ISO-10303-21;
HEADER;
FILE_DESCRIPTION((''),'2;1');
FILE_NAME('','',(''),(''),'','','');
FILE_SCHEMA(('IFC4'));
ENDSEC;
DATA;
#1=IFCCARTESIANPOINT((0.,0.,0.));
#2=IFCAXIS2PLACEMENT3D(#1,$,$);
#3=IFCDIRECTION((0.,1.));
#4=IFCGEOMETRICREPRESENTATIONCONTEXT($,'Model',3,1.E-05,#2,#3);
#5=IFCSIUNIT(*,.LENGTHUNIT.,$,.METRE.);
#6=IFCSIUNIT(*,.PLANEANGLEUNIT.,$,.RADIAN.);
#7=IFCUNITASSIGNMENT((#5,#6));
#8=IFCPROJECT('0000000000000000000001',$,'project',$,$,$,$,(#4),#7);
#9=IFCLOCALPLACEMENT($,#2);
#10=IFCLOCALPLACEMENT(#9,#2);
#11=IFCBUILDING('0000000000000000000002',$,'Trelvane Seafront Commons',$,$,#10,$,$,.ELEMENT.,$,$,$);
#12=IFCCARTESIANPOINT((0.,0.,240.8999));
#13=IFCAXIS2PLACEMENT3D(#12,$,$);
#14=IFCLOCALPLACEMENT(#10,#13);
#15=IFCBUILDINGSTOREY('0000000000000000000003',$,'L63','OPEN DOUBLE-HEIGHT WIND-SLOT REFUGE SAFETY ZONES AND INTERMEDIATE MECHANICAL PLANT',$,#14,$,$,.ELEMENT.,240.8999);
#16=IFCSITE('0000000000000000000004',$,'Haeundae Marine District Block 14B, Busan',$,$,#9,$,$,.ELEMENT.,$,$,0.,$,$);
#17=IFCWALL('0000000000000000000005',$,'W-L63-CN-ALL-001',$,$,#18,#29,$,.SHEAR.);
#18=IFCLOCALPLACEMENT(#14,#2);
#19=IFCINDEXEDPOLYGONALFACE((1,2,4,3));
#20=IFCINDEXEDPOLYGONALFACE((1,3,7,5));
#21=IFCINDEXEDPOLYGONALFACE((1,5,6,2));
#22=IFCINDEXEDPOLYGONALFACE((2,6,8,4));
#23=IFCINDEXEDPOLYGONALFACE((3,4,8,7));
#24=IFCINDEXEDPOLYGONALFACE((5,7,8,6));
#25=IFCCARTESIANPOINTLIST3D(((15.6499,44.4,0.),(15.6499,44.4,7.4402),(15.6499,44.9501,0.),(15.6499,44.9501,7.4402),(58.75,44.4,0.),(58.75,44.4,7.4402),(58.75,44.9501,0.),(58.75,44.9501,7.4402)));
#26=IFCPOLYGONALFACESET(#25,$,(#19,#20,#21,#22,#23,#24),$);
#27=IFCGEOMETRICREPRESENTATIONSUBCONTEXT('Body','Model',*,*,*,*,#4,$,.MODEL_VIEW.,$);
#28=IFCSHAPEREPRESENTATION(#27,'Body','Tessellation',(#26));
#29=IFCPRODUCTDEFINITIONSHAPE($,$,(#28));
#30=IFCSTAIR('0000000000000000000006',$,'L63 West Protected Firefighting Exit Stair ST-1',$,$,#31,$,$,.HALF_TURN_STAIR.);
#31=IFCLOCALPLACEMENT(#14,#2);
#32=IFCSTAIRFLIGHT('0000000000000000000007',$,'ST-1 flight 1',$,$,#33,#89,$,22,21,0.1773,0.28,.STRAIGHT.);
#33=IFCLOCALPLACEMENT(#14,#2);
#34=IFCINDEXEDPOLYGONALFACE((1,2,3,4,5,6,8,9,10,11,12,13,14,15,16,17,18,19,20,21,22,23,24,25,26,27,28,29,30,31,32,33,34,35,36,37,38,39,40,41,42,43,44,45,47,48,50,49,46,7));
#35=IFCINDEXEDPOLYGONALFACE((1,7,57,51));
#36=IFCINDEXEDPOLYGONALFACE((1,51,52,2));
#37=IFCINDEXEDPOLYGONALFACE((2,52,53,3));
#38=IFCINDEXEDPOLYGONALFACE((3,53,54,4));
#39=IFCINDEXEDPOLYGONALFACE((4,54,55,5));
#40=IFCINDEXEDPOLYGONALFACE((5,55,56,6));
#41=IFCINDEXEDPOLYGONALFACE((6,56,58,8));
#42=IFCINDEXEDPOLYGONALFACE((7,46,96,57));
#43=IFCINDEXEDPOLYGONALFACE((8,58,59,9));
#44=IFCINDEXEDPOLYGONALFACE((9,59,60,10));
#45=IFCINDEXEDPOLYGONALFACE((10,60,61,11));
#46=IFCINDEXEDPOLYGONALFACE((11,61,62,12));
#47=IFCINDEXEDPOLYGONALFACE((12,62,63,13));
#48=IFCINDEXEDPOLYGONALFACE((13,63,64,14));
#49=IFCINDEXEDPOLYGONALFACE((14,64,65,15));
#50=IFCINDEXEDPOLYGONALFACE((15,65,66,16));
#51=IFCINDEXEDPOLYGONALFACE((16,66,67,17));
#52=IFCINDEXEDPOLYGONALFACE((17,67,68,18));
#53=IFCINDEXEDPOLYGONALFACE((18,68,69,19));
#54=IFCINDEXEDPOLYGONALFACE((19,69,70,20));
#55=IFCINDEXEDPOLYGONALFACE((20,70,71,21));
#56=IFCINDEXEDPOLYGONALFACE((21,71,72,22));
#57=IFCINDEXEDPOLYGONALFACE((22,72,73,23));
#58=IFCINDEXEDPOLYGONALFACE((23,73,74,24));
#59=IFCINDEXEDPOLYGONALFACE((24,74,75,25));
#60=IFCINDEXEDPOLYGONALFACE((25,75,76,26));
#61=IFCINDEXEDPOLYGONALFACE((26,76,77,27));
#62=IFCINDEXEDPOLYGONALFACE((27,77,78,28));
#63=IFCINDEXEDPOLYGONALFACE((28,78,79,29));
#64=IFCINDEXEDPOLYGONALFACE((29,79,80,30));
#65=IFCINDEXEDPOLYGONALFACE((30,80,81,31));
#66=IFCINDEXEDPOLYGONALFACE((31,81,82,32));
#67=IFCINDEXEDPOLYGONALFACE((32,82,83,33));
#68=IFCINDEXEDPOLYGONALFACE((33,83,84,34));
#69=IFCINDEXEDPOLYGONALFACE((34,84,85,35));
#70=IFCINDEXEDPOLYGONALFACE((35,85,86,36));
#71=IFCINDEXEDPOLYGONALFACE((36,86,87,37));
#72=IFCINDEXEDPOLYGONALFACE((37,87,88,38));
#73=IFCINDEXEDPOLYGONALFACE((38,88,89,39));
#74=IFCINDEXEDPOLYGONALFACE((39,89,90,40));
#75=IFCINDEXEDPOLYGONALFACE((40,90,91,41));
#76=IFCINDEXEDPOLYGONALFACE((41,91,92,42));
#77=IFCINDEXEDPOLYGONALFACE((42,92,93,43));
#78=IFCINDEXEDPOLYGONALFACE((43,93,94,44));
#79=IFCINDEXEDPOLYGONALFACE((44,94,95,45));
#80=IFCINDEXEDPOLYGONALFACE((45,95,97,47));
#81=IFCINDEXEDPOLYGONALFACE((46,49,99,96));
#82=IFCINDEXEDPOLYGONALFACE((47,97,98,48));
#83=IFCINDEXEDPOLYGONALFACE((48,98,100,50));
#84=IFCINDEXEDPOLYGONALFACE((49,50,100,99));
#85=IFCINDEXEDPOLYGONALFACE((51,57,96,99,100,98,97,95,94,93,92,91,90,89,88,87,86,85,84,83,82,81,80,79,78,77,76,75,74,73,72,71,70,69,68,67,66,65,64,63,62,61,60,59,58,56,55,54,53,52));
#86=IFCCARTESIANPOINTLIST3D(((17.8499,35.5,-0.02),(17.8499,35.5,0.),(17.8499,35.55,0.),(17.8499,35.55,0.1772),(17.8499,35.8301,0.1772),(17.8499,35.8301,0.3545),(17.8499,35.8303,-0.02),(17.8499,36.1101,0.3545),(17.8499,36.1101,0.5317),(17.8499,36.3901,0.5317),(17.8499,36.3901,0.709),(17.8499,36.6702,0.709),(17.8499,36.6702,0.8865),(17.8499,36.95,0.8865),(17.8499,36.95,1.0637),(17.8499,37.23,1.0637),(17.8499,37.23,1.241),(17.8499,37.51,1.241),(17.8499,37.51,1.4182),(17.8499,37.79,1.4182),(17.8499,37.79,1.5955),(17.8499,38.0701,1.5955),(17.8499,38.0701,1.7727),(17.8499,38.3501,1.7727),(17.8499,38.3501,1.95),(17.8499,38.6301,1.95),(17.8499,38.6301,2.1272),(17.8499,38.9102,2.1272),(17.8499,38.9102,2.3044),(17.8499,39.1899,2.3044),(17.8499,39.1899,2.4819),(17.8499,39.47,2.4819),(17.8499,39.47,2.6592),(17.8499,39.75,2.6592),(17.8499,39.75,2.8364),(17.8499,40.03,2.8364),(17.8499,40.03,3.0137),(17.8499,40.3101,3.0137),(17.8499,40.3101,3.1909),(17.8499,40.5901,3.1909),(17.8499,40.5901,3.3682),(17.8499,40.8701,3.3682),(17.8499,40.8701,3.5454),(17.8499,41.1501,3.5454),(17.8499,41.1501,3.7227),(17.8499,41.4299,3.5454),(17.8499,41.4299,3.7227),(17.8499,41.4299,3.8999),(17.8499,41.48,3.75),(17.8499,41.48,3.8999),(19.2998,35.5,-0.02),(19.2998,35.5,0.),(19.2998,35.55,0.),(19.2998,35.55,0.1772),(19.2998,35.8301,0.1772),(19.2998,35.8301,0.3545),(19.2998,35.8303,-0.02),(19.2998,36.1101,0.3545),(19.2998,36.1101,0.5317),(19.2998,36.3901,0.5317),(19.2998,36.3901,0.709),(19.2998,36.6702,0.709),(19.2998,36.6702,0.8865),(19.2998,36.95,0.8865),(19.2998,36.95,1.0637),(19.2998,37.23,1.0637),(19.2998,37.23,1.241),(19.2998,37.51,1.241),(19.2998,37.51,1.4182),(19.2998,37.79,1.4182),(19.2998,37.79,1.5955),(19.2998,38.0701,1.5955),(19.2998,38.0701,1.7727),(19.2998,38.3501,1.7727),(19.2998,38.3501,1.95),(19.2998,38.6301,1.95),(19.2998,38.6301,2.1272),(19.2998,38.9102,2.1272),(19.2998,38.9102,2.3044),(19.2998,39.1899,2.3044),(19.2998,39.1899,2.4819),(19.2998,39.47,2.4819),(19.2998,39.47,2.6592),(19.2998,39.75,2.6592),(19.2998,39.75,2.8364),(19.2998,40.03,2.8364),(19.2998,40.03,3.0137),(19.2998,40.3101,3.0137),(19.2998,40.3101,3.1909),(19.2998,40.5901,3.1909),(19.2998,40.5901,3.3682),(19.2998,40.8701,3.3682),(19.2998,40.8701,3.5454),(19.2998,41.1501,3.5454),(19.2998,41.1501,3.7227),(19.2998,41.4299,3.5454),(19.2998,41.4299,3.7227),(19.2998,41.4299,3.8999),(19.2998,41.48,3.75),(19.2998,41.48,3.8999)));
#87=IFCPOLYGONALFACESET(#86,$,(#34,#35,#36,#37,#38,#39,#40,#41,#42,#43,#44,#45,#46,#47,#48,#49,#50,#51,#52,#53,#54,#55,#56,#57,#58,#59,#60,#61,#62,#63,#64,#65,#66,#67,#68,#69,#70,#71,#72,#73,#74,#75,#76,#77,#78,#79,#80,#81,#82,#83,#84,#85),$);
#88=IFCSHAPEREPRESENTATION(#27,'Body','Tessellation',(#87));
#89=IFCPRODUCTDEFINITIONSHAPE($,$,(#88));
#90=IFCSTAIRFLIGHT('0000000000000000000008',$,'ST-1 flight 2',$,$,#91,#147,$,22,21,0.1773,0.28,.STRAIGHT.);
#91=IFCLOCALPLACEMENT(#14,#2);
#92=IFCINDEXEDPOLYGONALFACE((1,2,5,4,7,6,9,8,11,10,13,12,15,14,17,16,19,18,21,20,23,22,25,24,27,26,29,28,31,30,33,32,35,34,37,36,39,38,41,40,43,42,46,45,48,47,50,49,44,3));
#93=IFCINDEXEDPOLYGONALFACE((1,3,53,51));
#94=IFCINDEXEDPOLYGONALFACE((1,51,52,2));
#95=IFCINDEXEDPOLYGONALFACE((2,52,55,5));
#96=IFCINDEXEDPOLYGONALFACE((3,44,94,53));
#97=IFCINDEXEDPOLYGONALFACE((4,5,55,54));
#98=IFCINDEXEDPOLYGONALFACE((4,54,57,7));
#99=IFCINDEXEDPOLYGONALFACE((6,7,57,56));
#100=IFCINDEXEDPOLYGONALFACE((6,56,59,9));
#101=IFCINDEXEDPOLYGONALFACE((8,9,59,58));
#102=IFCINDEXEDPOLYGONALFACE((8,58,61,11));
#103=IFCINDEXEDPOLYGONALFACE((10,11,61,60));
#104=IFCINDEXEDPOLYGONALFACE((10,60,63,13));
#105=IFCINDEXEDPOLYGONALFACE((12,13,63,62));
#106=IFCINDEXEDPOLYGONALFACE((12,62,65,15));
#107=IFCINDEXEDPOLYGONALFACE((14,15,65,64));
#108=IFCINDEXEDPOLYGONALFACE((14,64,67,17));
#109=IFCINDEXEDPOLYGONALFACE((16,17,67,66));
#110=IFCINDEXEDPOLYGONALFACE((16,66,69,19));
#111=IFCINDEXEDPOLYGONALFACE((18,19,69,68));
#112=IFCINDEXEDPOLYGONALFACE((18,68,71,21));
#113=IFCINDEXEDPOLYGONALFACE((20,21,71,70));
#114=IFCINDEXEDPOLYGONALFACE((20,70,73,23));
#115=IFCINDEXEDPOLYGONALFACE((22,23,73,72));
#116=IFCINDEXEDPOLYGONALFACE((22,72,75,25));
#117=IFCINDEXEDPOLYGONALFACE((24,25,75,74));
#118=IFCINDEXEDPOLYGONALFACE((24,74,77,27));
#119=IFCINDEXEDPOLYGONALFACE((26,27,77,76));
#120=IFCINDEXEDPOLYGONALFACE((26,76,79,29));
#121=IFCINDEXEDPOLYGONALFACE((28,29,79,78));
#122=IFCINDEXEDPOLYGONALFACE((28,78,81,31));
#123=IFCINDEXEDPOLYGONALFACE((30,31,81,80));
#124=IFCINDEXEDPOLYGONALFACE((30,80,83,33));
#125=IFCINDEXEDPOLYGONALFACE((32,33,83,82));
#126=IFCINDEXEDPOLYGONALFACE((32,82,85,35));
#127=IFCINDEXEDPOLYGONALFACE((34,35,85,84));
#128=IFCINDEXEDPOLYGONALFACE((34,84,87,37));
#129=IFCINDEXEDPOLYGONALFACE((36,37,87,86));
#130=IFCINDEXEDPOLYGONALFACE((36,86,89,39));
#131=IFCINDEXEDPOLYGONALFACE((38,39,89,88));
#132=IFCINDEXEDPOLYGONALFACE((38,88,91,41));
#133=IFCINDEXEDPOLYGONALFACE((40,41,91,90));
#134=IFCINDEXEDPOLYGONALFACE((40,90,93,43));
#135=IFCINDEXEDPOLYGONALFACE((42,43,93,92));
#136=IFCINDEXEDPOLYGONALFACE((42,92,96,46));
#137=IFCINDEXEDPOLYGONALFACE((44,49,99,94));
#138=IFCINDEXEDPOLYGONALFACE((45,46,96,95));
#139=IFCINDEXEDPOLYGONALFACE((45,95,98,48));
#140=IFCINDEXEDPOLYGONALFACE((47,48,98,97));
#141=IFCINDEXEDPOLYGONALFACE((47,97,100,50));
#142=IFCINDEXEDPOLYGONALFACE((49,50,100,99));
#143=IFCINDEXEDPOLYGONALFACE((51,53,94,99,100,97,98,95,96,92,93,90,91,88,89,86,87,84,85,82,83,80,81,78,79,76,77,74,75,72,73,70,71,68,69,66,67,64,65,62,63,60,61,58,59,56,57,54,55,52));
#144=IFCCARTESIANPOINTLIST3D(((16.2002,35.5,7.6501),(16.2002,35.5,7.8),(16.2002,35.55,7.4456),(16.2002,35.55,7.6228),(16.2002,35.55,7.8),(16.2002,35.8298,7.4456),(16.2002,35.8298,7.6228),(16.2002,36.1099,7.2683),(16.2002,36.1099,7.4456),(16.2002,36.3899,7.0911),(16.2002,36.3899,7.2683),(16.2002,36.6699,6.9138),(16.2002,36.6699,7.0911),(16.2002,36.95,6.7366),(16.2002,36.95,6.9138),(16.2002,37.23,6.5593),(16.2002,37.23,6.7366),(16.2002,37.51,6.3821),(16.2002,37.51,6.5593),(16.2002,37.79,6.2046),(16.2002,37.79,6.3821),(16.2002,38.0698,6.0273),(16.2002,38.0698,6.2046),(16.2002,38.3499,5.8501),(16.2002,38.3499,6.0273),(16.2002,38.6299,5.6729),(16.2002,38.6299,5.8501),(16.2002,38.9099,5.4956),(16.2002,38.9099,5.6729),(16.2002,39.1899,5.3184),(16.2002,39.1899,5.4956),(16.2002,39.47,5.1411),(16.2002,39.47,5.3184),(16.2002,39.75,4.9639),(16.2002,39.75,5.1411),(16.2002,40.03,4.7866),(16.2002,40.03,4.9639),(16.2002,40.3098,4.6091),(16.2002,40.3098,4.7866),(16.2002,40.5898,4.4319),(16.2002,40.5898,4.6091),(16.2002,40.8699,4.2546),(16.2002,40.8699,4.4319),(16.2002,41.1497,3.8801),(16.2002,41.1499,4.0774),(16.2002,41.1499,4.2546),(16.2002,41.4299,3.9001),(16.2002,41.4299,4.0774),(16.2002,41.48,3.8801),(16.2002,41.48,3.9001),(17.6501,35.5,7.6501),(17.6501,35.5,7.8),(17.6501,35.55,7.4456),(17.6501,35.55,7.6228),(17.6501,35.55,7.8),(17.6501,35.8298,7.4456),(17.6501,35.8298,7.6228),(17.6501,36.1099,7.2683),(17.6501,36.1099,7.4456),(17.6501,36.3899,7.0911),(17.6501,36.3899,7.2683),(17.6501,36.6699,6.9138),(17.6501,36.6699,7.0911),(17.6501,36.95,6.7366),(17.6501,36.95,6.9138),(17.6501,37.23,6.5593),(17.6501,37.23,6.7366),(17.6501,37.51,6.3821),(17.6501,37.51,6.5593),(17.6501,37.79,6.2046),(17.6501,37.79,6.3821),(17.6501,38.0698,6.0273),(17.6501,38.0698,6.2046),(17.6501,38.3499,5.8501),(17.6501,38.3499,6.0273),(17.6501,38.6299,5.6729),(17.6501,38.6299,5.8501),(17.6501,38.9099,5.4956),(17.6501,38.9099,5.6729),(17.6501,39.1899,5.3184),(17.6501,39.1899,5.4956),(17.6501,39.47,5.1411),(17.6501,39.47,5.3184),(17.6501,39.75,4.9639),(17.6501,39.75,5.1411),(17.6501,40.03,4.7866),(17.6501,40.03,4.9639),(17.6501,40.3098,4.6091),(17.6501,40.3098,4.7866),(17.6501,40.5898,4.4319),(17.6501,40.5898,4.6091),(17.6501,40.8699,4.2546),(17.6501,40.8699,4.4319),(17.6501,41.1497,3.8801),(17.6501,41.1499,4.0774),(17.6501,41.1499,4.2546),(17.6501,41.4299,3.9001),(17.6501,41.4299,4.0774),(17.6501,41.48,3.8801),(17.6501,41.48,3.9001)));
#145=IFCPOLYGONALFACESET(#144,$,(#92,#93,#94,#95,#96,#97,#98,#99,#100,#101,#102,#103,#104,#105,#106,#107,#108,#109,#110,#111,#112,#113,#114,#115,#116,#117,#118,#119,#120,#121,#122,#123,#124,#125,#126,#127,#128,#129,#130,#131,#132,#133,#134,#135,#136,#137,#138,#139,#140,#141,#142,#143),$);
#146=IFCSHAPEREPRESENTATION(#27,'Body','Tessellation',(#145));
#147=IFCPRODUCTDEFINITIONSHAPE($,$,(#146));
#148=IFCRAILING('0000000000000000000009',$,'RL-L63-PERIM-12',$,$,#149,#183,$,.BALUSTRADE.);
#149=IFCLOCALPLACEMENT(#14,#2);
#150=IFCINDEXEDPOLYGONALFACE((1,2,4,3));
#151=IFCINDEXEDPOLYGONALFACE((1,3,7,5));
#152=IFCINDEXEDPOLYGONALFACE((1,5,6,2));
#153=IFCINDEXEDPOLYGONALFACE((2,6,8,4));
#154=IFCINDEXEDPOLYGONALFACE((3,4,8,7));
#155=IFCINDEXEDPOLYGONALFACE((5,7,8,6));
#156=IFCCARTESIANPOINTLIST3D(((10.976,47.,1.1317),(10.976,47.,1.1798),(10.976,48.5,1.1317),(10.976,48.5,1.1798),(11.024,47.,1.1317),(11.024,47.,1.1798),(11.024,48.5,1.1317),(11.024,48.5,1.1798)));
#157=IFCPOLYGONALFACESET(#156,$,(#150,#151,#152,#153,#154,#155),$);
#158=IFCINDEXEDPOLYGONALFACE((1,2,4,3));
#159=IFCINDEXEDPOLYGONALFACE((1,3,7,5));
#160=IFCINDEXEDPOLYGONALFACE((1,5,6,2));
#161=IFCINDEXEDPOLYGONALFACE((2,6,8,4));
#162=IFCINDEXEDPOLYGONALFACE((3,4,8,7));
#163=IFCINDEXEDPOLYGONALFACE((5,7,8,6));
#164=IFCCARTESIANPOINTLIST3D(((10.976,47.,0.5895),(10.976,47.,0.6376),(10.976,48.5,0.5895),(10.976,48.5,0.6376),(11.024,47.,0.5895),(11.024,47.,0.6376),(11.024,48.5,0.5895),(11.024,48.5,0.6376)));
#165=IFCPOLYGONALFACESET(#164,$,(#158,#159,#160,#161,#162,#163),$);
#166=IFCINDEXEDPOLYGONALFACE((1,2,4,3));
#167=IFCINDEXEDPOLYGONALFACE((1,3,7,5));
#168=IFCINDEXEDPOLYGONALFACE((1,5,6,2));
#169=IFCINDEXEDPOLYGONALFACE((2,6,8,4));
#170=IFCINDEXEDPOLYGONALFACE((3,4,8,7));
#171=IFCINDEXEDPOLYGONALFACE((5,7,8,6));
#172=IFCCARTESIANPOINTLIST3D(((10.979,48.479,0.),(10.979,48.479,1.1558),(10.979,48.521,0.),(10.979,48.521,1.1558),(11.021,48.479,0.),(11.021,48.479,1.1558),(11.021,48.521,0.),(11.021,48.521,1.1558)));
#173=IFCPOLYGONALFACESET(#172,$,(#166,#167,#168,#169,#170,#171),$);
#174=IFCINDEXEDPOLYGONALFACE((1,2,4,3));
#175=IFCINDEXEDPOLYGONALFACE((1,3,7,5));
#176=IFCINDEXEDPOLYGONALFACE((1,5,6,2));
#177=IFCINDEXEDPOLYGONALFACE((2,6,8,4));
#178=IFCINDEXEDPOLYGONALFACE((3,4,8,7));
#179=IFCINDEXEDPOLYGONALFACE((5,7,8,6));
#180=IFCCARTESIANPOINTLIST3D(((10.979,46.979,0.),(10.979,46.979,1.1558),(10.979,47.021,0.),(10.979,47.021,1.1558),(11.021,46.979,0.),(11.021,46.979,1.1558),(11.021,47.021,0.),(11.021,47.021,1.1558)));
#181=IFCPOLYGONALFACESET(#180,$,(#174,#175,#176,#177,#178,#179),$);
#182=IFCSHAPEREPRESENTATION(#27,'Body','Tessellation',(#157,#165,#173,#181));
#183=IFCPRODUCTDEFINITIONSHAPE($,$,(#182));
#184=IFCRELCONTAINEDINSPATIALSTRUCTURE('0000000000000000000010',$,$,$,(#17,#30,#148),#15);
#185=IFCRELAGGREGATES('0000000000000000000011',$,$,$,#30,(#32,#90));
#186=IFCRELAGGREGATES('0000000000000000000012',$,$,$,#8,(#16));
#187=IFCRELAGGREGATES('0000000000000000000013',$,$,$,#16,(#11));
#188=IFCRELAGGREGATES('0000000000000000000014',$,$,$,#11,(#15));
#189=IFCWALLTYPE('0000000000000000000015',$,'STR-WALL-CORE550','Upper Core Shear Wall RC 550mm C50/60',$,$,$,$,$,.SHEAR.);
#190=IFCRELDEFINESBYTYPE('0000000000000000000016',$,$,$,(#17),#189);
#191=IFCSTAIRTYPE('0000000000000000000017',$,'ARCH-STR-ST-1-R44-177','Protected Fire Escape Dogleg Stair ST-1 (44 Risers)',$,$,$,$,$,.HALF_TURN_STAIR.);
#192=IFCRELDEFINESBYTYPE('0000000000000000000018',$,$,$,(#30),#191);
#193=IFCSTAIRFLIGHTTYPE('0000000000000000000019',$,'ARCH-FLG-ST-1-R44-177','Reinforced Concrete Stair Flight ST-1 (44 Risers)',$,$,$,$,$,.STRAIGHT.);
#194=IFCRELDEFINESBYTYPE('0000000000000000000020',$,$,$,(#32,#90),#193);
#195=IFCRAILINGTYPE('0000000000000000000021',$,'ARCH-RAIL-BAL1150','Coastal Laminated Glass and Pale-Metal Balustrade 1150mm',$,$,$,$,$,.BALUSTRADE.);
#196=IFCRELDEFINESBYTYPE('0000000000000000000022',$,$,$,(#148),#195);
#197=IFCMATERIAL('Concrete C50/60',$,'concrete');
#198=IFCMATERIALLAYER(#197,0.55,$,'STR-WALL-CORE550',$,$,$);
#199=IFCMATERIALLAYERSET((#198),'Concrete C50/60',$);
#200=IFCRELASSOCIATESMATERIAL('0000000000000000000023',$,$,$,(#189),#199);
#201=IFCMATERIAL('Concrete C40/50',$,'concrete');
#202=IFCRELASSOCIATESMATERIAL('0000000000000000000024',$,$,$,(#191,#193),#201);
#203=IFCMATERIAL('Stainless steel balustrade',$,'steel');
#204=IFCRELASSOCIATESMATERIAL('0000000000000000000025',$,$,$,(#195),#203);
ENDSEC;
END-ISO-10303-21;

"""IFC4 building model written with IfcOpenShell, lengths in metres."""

from ifc_helpers import new_model, si_unit, direction, frame, frame_2d, origin, origin_2d, place, context, subcontext, project, spatial, polyline, rectangle, outline, extrude, source, transform, mapped, material, layer, layer_set, type_object, element, aggregate, save


model = new_model("IFC4")

# Units and contexts
model_context = context("Model", 3, precision=1e-05, world=origin(), true_north=direction((0.0, 1.0)))
body_context = subcontext(model_context, "Body", "Model", "MODEL_VIEW")
ifc_project = project(units=[si_unit("LENGTHUNIT", "METRE"), si_unit("PLANEANGLEUNIT", "RADIAN")], contexts=[model_context])

# Site, building, storey
site_placement = place(None, origin())
site = spatial("IfcSite", under=ifc_project, at=site_placement, Name="Haeundae Marine District Block 14B, Busan", CompositionType="ELEMENT", RefElevation=0.0)
building_placement = place(site_placement, origin())
building = spatial("IfcBuilding", under=site, at=building_placement, Name="Trelvane Seafront Commons", CompositionType="ELEMENT")
storey_placement = place(building_placement, frame((0.0, 0.0, 240.8999)))
storey = spatial("IfcBuildingStorey", under=building, at=storey_placement, Name="L63", Description="OPEN DOUBLE-HEIGHT WIND-SLOT REFUGE SAFETY ZONES AND INTERMEDIATE MECHANICAL PLANT", CompositionType="ELEMENT", Elevation=240.8999)

# Shared definitions
ifc_material_1 = material(Name="Concrete C50/60", Category="concrete")

# Shared definitions
ifc_material_2 = material(Name="Concrete C40/50", Category="concrete")
ifc_material_3 = material(Name="Stainless steel balustrade", Category="steel")

# Wall
ifc_layer_1 = layer(ifc_material_1, 0.55, Name="STR-WALL-CORE550")
ifc_layer_set_1 = layer_set([ifc_layer_1], Name="Concrete C50/60")
wall_type_1 = type_object("IfcWallType", Name="STR-WALL-CORE550", Description="Upper Core Shear Wall RC 550mm C50/60", PredefinedType="SHEAR", material=ifc_layer_set_1)
wall_1_placement = place(storey_placement, frame((15.6499, 44.675, 0.0), z_axis=(0.0, 0.0, 1.0), x_axis=(1.0, 0.0, 0.0)))
element("IfcWall", 1, at=wall_1_placement, inside=storey, type_object=wall_type_1, Name="W-L63-CN-ALL-001", PredefinedType="SHEAR", context=body_context, shape_type="SweptSolid", body=[
    extrude(rectangle(XDim=43.1001, YDim=0.55, at=frame_2d((21.55, 0.0))), origin(), (0.0, 0.0, 1.0), 7.4402),
])

# Stair, stair flights
stair_type = type_object("IfcStairType", Name="ARCH-STR-ST-1-R44-177", Description="Protected Fire Escape Dogleg Stair ST-1 (44 Risers)", PredefinedType="HALF_TURN_STAIR", material=ifc_material_2)
stair_placement = place(storey_placement, origin())
stair = element("IfcStair", 2, at=stair_placement, inside=storey, type_object=stair_type, Name="L63 West Protected Firefighting Exit Stair ST-1", PredefinedType="HALF_TURN_STAIR")
stair_flight_type = type_object("IfcStairFlightType", Name="ARCH-FLG-ST-1-R44-177", Description="Reinforced Concrete Stair Flight ST-1 (44 Risers)", PredefinedType="STRAIGHT", material=ifc_material_2)
shared_shape_1 = source(origin(), body_context, "Body", "SweptSolid", [
    extrude(outline(polyline([(-0.05, -0.02), (-0.05, 0.0), (0.0, 0.0), (0.0, 0.1772), (0.28, 0.1772), (0.28, 0.3545), (0.5601, 0.3545), (0.5601, 0.5317), (0.8401, 0.5317), (0.8401, 0.709), (1.1201, 0.709), (1.1201, 0.8865), (1.3999, 0.8865), (1.3999, 1.0637), (1.6799, 1.0637), (1.6799, 1.241), (1.96, 1.241), (1.96, 1.4182), (2.24, 1.4182), (2.24, 1.5955), (2.52, 1.5955), (2.52, 1.7727), (2.8, 1.7727), (2.8, 1.95), (3.0801, 1.95), (3.0801, 2.1272), (3.3601, 2.1272), (3.3601, 2.3044), (3.6399, 2.3044), (3.6399, 2.4819), (3.9199, 2.4819), (3.9199, 2.6592), (4.2, 2.6592), (4.2, 2.8364), (4.48, 2.8364), (4.48, 3.0137), (4.76, 3.0137), (4.76, 3.1909), (5.04, 3.1909), (5.04, 3.3682), (5.3201, 3.3682), (5.3201, 3.5454), (5.6001, 3.5454), (5.6001, 3.7227), (5.8799, 3.7227), (5.8799, 3.8999), (5.9299, 3.8999), (5.9299, 3.75), (5.8799, 3.5454), (0.2803, -0.02), (-0.05, -0.02)])), frame((0.0, 0.7251, 0.0), z_axis=(0.0, -1.0, 0.0), x_axis=(1.0, 0.0, 0.0)), (0.0, 0.0, 1.0), 1.45),
])
stair_flight_1_placement = place(storey_placement, frame((18.575, 35.55, 0.0), z_axis=(0.0, 0.0, 1.0), x_axis=(0.0, 1.0, 0.0)))
stair_flight_1 = element("IfcStairFlight", 3, at=stair_flight_1_placement, type_object=stair_flight_type, Name="ST-1 flight 1", NumberOfRisers=22, NumberOfTreads=21, PredefinedType="STRAIGHT", RiserHeight=0.1773, TreadLength=0.28, context=body_context, shape_type="MappedRepresentation", body=[
    mapped(shared_shape_1, transform((0.0, 0.0, 0.0), x_axis=(1.0, 0.0, 0.0), y_axis=(0.0, 1.0, 0.0), z_axis=(0.0, 0.0, 1.0), scale=1.0)),
])
stair_flight_2_placement = place(storey_placement, frame((16.925, 41.4299, 3.9001), z_axis=(0.0, 0.0, 1.0), x_axis=(0.0, -1.0, 0.0)))
stair_flight_2 = element("IfcStairFlight", 4, at=stair_flight_2_placement, type_object=stair_flight_type, Name="ST-1 flight 2", NumberOfRisers=22, NumberOfTreads=21, PredefinedType="STRAIGHT", RiserHeight=0.1773, TreadLength=0.28, context=body_context, shape_type="MappedRepresentation", body=[
    mapped(shared_shape_1, transform((0.0, 0.0, 0.0), x_axis=(1.0, 0.0, 0.0), y_axis=(0.0, 1.0, 0.0), z_axis=(0.0, 0.0, 1.0), scale=1.0)),
])
aggregate(stair, [stair_flight_1, stair_flight_2])

# Railing
railing_type_1 = type_object("IfcRailingType", Name="ARCH-RAIL-BAL1150", Description="Coastal Laminated Glass and Pale-Metal Balustrade 1150mm", PredefinedType="BALUSTRADE", material=ifc_material_3)
railing_1_placement = place(storey_placement, frame((11.0, 48.5, 0.0)))
element("IfcRailing", 5, at=railing_1_placement, inside=storey, type_object=railing_type_1, Name="RL-L63-PERIM-12", PredefinedType="BALUSTRADE", context=body_context, shape_type="SweptSolid", body=[
    extrude(rectangle(XDim=0.0481, YDim=0.0481, at=origin_2d()), frame((0.0, 0.0, 1.1558), z_axis=(0.0, -1.0, 0.0), x_axis=(1.0, 0.0, 0.0)), (0.0, 0.0, 1.0), 1.5),
    extrude(rectangle(XDim=0.0481, YDim=0.0481, at=origin_2d()), frame((0.0, 0.0, 0.6135), z_axis=(0.0, -1.0, 0.0), x_axis=(1.0, 0.0, 0.0)), (0.0, 0.0, 1.0), 1.5),
    extrude(rectangle(XDim=0.042, YDim=0.042, at=origin_2d()), origin(), (0.0, 0.0, 1.0), 1.1558),
    extrude(rectangle(XDim=0.042, YDim=0.042, at=origin_2d()), frame((0.0, -1.5, 0.0)), (0.0, 0.0, 1.0), 1.1558),
])

save(model, "model.ifc")
